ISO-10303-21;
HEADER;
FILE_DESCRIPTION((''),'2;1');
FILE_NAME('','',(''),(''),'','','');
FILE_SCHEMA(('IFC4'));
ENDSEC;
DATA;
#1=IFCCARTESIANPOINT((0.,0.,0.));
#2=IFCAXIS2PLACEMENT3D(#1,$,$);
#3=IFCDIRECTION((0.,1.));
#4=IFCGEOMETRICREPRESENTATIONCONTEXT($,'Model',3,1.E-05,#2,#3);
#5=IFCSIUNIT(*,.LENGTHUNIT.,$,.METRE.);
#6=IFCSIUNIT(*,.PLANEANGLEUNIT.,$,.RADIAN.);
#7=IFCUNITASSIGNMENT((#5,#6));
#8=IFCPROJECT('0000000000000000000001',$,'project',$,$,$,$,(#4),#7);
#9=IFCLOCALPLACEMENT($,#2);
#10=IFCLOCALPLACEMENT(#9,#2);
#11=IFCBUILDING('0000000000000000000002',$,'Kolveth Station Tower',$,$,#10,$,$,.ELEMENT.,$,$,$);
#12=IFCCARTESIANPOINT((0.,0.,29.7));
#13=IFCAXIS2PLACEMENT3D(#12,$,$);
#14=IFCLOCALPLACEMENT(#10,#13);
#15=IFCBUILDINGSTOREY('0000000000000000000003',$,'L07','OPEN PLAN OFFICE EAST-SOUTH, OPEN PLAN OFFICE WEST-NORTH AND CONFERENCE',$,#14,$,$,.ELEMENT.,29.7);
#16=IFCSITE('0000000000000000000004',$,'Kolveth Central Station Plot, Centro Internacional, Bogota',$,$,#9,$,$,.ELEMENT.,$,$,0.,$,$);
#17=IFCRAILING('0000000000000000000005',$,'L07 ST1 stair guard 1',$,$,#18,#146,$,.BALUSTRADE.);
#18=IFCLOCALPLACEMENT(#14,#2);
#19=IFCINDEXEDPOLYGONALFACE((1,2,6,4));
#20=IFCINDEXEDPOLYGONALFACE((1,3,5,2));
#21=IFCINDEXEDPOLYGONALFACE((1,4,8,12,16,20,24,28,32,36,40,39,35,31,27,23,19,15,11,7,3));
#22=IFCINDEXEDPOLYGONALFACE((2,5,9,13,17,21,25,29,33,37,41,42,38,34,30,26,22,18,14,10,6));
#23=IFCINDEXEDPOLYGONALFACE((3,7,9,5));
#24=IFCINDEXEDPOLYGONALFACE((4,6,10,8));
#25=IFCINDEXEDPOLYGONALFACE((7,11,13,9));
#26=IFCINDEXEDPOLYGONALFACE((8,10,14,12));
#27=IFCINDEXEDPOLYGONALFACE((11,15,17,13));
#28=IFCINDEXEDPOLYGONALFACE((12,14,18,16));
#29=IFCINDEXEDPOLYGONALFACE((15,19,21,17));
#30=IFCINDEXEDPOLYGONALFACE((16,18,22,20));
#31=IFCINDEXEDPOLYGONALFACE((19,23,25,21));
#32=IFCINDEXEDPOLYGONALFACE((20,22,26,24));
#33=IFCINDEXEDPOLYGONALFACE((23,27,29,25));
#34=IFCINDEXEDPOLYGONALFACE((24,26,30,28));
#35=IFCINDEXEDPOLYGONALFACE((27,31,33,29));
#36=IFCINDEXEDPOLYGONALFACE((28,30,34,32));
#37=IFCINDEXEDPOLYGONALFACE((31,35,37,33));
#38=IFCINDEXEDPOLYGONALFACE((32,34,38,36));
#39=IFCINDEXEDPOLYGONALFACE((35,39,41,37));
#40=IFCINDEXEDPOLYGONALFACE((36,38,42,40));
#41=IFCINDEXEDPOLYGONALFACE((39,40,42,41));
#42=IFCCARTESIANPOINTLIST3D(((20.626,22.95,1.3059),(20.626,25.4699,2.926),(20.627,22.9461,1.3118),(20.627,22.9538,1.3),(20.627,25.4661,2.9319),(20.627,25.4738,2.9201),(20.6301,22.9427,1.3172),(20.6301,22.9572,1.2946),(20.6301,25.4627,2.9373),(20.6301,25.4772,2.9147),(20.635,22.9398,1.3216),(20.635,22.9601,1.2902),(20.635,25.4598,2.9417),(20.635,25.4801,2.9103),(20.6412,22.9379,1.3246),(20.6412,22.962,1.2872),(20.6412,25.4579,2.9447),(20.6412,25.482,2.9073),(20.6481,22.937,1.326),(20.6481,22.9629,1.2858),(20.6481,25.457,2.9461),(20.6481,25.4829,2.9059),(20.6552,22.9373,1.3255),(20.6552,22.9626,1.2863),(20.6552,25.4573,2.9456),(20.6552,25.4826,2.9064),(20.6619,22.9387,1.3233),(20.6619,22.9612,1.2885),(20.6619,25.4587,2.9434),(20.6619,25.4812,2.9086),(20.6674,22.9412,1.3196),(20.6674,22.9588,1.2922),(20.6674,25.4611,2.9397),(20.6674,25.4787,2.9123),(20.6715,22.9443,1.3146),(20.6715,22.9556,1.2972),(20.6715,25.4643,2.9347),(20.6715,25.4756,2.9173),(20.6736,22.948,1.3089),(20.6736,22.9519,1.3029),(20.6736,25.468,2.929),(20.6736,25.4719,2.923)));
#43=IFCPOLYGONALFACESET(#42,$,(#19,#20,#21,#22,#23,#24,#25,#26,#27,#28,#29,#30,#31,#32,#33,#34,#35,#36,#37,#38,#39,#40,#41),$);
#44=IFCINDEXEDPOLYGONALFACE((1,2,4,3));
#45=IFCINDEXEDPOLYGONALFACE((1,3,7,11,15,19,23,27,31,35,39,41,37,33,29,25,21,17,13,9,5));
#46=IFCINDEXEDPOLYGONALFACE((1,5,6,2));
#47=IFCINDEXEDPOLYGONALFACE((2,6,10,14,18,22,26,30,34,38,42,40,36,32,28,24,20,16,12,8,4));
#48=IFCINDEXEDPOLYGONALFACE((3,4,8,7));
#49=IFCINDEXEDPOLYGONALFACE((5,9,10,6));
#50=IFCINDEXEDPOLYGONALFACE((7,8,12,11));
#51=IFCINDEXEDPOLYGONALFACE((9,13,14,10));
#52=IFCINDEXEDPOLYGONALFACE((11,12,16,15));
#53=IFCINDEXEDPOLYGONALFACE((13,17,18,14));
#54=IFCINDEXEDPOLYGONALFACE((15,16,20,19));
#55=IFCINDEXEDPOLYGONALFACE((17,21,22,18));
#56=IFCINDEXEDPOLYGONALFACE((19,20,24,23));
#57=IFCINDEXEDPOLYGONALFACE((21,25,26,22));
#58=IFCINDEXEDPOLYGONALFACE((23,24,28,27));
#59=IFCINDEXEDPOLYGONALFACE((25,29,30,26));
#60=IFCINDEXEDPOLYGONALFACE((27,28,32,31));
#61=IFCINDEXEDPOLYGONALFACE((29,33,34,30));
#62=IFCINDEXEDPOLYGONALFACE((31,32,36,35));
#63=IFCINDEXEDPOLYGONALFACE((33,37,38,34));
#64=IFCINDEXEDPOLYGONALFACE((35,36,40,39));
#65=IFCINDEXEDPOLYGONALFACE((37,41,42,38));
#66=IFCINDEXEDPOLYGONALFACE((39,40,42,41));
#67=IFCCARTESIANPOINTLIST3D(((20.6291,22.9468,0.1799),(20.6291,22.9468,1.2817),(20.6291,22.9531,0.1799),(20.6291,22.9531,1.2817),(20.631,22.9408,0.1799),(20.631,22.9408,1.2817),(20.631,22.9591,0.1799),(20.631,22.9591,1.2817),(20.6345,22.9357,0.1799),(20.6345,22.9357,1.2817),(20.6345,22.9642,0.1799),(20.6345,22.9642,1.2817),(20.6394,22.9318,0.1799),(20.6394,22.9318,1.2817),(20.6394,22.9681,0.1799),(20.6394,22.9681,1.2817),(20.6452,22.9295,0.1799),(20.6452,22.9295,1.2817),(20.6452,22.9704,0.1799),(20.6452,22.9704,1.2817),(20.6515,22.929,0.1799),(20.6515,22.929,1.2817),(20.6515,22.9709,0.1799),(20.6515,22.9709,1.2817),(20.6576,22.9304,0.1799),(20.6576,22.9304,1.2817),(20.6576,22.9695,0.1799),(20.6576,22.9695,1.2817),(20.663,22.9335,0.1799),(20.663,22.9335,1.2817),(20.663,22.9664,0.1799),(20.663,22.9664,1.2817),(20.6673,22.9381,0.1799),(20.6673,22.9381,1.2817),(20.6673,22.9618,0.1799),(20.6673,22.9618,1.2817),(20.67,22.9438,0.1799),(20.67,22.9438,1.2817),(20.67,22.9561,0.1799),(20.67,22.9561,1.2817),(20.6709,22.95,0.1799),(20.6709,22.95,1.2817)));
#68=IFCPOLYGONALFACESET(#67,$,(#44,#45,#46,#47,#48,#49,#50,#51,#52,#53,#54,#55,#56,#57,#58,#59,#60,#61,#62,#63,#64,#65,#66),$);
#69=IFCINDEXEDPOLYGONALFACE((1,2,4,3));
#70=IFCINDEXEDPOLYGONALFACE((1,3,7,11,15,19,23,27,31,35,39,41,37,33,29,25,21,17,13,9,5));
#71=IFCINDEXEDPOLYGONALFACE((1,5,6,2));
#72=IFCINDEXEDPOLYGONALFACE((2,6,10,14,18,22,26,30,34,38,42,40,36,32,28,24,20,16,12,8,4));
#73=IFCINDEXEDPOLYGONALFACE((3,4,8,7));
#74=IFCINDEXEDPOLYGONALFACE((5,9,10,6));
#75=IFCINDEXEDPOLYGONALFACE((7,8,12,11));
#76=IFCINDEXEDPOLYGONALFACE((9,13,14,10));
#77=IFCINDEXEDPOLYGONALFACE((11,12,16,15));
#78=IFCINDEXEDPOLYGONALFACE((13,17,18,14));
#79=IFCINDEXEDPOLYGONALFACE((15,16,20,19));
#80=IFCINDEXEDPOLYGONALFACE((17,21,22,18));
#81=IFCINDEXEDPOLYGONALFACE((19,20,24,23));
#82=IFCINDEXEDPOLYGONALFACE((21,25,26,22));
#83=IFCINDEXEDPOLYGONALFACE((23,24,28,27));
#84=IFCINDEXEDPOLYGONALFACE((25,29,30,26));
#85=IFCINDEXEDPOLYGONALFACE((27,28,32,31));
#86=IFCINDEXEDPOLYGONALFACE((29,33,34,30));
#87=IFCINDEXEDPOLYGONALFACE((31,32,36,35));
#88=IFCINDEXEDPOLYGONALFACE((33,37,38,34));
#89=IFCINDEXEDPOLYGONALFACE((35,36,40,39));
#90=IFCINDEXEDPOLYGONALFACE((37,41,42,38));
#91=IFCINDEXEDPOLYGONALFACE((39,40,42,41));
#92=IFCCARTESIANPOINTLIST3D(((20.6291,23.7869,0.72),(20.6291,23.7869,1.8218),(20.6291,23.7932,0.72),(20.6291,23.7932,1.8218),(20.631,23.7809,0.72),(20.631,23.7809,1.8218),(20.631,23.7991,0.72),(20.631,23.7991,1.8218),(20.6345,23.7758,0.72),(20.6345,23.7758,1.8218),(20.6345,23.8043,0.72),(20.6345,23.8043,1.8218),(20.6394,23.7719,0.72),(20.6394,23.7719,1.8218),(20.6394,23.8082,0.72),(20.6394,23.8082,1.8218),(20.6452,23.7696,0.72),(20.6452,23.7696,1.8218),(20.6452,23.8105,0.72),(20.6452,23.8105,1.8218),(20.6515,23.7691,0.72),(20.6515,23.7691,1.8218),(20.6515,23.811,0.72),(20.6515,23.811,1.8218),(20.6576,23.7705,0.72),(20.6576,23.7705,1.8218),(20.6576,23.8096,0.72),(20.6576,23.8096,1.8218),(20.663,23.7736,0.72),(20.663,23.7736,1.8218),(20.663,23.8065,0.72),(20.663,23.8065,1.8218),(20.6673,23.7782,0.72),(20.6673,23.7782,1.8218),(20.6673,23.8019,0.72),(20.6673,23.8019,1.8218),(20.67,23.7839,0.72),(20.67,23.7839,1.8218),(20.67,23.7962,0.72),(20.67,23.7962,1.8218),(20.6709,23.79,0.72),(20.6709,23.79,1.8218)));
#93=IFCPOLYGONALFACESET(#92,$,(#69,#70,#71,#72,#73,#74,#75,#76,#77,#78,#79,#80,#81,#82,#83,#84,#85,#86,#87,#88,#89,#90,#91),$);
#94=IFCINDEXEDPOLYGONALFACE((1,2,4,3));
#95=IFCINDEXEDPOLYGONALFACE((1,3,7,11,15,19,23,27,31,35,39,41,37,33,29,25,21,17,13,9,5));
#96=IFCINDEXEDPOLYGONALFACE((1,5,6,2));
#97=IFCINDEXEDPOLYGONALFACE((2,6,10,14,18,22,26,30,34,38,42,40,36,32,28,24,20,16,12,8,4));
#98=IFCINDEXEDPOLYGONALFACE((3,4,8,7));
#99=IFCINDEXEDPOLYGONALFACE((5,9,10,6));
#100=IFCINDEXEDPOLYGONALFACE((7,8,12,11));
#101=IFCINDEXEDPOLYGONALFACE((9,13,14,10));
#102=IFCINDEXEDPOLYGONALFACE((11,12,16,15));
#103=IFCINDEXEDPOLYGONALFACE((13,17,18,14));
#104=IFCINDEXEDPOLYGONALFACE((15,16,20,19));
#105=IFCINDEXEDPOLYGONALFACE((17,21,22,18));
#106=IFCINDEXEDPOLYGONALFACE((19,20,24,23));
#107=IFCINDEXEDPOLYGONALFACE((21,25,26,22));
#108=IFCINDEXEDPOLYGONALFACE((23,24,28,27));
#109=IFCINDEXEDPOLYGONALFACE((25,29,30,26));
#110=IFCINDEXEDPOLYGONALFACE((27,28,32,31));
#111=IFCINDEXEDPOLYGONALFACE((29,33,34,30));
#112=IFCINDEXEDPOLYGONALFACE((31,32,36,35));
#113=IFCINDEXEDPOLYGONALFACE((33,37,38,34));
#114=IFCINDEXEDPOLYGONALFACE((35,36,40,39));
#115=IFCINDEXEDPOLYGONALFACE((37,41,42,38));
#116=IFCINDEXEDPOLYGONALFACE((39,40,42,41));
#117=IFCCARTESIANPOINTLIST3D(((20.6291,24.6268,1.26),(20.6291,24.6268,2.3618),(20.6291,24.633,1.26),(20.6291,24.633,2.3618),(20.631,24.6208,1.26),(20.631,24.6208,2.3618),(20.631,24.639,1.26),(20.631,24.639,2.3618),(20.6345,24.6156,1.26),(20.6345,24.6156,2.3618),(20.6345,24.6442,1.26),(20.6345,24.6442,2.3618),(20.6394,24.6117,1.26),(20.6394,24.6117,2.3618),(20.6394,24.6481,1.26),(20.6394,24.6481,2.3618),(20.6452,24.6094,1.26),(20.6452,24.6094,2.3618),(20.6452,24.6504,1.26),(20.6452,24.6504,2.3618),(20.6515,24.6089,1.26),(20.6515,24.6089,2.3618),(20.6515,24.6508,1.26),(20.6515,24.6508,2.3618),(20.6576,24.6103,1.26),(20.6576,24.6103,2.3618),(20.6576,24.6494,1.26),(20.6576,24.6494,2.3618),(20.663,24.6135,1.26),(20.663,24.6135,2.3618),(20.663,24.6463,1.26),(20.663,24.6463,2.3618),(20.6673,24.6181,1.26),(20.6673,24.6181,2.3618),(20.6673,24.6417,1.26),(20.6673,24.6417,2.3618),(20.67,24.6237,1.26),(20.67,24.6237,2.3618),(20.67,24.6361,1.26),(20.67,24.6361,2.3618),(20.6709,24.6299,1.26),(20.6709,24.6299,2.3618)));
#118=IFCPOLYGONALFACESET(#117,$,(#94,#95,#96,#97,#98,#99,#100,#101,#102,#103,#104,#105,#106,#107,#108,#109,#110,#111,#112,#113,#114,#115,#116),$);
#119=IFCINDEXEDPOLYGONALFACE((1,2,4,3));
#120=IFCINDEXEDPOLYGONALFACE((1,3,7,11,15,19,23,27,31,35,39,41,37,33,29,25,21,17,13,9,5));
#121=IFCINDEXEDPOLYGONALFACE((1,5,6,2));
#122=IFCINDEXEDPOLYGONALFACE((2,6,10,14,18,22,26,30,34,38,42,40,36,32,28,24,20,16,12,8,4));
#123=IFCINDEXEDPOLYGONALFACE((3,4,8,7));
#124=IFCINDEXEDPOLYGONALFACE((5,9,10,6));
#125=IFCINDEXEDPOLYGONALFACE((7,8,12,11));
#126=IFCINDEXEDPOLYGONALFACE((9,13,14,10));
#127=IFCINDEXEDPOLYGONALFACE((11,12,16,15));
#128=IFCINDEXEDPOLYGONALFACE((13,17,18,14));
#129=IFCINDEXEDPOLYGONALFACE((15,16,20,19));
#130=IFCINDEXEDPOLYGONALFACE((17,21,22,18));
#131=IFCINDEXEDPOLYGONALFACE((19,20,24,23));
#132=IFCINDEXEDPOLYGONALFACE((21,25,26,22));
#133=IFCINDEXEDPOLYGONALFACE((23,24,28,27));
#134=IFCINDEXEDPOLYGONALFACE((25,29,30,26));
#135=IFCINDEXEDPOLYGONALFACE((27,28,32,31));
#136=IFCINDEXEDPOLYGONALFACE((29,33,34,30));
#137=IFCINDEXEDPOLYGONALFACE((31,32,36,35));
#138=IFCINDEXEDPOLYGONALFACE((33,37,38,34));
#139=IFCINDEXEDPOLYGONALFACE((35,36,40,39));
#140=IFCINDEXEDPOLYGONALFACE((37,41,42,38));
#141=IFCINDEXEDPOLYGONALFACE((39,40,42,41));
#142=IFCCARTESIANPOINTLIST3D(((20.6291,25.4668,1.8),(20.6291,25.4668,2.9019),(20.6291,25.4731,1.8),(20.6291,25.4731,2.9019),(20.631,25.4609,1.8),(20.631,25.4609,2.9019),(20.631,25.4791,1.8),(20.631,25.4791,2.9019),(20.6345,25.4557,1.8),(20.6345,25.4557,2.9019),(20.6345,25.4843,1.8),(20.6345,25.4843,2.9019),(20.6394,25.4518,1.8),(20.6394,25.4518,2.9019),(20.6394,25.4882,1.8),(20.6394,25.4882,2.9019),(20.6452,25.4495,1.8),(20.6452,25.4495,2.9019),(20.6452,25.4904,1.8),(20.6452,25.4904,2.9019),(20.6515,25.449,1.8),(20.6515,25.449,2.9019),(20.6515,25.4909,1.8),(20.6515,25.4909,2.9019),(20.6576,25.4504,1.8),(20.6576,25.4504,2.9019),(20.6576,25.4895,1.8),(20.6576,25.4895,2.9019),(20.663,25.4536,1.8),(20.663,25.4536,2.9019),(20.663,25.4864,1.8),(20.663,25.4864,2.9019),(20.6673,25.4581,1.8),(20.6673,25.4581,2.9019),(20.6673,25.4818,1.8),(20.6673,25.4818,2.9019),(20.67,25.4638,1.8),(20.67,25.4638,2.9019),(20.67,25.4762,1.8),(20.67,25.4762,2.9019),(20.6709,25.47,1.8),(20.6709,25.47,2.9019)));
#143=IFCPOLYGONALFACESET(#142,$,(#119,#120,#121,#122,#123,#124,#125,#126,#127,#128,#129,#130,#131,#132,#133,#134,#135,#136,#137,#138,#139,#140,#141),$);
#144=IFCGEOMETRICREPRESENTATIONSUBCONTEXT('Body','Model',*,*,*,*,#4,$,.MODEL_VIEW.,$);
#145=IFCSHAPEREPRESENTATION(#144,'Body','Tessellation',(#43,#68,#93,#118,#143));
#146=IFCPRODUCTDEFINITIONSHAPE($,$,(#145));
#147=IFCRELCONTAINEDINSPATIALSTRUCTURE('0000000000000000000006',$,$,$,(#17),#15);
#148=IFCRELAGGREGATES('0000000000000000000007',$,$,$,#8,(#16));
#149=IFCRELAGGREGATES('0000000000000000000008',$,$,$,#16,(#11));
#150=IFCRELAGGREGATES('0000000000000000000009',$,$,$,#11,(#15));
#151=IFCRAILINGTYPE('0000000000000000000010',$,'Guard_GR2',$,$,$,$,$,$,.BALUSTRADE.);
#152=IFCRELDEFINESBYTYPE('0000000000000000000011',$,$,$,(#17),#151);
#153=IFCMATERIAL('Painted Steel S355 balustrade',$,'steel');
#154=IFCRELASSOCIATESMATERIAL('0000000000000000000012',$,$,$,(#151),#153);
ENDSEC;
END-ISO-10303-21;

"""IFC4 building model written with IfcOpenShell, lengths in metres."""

from ifc_helpers import new_model, si_unit, direction, frame, origin, origin_2d, place, context, subcontext, project, spatial, circle, extrude, material, type_object, element, save


model = new_model("IFC4")

# Units and contexts
model_context = context("Model", 3, precision=1e-05, world=origin(), true_north=direction((0.0, 1.0)))
body_context = subcontext(model_context, "Body", "Model", "MODEL_VIEW")
ifc_project = project(units=[si_unit("LENGTHUNIT", "METRE"), si_unit("PLANEANGLEUNIT", "RADIAN")], contexts=[model_context])

# Site, building, storey
site_placement = place(None, origin())
site = spatial("IfcSite", under=ifc_project, at=site_placement, Name="Kolveth Central Station Plot, Centro Internacional, Bogota", CompositionType="ELEMENT", RefElevation=0.0)
building_placement = place(site_placement, origin())
building = spatial("IfcBuilding", under=site, at=building_placement, Name="Kolveth Station Tower", CompositionType="ELEMENT")
storey_placement = place(building_placement, frame((0.0, 0.0, 29.7)))
storey = spatial("IfcBuildingStorey", under=building, at=storey_placement, Name="L07", Description="OPEN PLAN OFFICE EAST-SOUTH, OPEN PLAN OFFICE WEST-NORTH AND CONFERENCE", CompositionType="ELEMENT", Elevation=29.7)

# Railing
ifc_material_1 = material(Name="Painted Steel S355 balustrade", Category="steel")
railing_type_1 = type_object("IfcRailingType", Name="Guard_GR2", PredefinedType="BALUSTRADE", material=ifc_material_1)
railing_1_placement = place(storey_placement, frame((20.6499, 22.95, 0.1799)))
element("IfcRailing", 1, at=railing_1_placement, inside=storey, type_object=railing_type_1, Name="L07 ST1 stair guard 1", PredefinedType="BALUSTRADE", context=body_context, shape_type="SweptSolid", body=[
    extrude(circle(Radius=0.0239, at=origin_2d()), frame((0.0, 0.0, 1.126), z_axis=(0.0, 0.841163, 0.540782), x_axis=(-1.0, 0.0, 0.0)), (0.0, 0.0, 1.0), 2.9958),
    extrude(circle(Radius=0.021, at=origin_2d()), origin(), (0.0, 0.0, 1.0), 1.1018),
    extrude(circle(Radius=0.021, at=origin_2d()), frame((0.0, 0.8401, 0.54)), (0.0, 0.0, 1.0), 1.1018),
    extrude(circle(Radius=0.021, at=origin_2d()), frame((0.0, 1.6799, 1.0801)), (0.0, 0.0, 1.0), 1.1018),
    extrude(circle(Radius=0.021, at=origin_2d()), frame((0.0, 2.52, 1.6201)), (0.0, 0.0, 1.0), 1.1018),
])

save(model, "model.ifc")
